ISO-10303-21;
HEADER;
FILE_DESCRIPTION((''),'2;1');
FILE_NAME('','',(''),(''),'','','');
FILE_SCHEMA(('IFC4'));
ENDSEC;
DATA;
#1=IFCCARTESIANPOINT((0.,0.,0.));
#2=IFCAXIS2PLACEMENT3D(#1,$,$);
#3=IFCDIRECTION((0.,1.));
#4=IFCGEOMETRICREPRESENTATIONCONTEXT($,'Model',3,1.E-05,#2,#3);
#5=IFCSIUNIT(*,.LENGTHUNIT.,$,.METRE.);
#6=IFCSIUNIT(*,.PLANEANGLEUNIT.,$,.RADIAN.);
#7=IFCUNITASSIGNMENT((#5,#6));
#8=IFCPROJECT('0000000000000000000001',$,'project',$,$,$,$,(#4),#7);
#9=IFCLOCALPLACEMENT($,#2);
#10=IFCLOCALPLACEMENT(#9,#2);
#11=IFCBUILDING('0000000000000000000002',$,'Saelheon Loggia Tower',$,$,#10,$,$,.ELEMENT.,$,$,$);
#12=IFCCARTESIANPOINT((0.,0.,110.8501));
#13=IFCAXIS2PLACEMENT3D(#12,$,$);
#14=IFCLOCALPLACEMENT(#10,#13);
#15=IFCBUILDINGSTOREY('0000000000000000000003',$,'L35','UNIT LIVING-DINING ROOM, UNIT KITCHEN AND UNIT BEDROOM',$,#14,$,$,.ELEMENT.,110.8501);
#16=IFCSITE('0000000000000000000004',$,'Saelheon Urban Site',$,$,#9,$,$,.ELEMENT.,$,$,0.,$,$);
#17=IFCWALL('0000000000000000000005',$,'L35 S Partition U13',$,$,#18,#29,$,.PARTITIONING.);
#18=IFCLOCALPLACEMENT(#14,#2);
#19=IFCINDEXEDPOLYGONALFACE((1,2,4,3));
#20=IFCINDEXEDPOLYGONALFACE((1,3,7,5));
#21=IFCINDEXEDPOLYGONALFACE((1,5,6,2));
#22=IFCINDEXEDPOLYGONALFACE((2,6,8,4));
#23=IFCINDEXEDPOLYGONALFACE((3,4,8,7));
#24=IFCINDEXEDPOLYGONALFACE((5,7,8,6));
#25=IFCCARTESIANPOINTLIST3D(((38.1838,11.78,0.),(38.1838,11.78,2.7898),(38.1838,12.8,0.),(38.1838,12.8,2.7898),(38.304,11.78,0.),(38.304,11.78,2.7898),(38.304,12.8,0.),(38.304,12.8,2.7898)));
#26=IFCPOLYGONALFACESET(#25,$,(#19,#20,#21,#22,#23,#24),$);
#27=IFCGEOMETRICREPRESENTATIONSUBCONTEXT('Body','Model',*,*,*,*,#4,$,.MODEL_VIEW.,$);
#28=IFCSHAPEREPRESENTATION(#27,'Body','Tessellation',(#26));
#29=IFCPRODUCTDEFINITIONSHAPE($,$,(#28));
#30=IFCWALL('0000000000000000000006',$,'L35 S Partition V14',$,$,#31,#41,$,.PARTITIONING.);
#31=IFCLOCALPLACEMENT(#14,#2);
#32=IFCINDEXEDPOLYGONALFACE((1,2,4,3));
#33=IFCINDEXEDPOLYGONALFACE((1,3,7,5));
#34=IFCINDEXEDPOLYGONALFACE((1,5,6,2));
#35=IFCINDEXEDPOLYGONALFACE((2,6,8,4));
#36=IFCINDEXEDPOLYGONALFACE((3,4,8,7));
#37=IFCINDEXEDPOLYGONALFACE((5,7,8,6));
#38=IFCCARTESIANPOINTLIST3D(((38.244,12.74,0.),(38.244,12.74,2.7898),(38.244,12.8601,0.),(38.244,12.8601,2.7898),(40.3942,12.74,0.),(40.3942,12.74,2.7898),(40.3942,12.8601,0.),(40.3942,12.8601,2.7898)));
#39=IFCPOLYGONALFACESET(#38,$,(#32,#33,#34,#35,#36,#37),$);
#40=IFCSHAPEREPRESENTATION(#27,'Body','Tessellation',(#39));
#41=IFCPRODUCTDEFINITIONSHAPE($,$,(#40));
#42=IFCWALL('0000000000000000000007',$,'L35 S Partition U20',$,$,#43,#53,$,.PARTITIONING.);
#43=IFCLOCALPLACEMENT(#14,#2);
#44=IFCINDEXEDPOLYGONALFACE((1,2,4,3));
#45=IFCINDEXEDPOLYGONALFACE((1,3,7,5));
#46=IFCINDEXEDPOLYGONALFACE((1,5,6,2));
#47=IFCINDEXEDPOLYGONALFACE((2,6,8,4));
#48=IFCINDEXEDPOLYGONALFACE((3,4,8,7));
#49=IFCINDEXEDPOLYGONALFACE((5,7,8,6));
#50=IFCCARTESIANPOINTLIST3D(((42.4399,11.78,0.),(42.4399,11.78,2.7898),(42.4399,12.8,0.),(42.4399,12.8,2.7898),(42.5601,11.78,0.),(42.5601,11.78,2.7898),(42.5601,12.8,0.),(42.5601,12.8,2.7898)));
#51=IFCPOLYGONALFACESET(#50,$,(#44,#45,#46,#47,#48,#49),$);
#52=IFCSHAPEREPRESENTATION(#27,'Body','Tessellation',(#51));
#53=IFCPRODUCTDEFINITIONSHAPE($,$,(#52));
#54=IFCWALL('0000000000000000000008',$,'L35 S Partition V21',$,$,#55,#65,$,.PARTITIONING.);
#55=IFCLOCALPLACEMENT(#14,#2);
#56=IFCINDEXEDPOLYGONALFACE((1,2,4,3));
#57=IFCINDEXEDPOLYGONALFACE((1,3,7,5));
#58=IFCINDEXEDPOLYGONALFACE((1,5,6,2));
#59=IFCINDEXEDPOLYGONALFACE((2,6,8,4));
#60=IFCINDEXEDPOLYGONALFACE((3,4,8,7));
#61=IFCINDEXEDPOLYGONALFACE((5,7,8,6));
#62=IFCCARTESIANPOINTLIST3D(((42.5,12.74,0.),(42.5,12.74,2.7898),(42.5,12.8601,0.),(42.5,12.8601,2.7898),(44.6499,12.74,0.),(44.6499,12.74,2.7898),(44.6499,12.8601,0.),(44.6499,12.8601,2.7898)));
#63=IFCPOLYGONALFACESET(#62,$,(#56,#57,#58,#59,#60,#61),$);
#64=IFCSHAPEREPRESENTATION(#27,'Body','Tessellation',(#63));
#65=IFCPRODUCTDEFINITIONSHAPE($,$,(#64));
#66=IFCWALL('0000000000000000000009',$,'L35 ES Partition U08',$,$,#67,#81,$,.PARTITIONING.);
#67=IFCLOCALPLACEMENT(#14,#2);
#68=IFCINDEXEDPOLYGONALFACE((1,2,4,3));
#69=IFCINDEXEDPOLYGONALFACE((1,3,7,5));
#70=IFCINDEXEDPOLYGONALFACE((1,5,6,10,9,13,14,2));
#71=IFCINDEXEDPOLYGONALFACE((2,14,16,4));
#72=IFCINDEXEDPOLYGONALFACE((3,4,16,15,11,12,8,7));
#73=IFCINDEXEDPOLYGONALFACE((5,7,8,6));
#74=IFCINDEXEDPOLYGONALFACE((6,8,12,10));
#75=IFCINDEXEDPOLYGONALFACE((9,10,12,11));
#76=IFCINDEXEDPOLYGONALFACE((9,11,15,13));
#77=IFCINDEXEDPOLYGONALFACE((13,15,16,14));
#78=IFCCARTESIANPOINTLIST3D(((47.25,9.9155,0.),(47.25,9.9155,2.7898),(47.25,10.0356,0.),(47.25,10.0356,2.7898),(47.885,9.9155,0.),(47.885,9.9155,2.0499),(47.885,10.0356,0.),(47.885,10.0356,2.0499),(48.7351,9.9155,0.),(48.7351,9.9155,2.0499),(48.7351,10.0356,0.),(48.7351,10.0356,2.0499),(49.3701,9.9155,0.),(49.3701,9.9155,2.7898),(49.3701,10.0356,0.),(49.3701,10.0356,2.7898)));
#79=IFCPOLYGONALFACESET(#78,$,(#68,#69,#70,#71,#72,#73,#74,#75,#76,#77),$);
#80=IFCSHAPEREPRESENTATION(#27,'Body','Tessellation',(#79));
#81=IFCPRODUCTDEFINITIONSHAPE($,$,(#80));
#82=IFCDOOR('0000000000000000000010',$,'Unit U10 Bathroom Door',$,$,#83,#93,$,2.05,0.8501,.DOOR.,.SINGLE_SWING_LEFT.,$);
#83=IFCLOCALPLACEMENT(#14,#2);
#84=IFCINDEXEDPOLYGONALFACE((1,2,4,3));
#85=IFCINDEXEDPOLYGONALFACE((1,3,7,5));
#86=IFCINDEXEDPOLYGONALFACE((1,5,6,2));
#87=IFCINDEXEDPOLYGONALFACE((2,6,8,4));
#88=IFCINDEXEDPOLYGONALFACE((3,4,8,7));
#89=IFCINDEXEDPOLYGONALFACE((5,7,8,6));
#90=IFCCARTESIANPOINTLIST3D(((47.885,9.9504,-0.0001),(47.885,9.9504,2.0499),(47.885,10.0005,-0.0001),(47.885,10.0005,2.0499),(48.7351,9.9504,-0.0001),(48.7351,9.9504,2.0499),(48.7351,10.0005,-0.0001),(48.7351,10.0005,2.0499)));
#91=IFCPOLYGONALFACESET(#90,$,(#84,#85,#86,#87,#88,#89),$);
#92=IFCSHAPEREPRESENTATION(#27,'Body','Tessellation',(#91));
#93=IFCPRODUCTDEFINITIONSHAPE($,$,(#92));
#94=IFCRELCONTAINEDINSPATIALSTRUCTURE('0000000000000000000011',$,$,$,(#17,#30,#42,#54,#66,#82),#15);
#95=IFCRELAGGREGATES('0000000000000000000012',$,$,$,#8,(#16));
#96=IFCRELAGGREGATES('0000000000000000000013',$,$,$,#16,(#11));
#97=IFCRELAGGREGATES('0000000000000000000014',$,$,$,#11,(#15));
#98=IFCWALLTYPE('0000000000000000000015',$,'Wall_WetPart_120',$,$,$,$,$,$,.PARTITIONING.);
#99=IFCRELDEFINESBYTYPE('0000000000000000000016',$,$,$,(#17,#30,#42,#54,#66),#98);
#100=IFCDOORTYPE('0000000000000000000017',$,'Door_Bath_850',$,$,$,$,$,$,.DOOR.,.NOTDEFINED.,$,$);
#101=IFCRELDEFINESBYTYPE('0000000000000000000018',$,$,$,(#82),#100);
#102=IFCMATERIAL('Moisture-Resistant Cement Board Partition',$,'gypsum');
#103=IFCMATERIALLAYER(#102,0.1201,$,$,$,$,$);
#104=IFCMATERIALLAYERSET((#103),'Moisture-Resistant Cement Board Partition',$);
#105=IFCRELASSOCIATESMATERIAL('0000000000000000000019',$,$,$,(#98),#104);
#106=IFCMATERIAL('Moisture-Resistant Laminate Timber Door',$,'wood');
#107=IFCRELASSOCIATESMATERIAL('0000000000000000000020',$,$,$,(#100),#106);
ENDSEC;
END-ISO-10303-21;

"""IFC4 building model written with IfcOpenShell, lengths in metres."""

from ifc_helpers import new_model, si_unit, direction, frame, frame_2d, origin, place, context, subcontext, project, spatial, rectangle, extrude, source, transform, mapped, material, layer, layer_set, type_object, element, fill, save


model = new_model("IFC4")

# Units and contexts
model_context = context("Model", 3, precision=1e-05, world=origin(), true_north=direction((0.0, 1.0)))
body_context = subcontext(model_context, "Body", "Model", "MODEL_VIEW")
ifc_project = project(units=[si_unit("LENGTHUNIT", "METRE"), si_unit("PLANEANGLEUNIT", "RADIAN")], contexts=[model_context])

# Site, building, storey
site_placement = place(None, origin())
site = spatial("IfcSite", under=ifc_project, at=site_placement, Name="Saelheon Urban Site", CompositionType="ELEMENT", RefElevation=0.0)
building_placement = place(site_placement, origin())
building = spatial("IfcBuilding", under=site, at=building_placement, Name="Saelheon Loggia Tower", CompositionType="ELEMENT")
storey_placement = place(building_placement, frame((0.0, 0.0, 110.8501)))
storey = spatial("IfcBuildingStorey", under=building, at=storey_placement, Name="L35", Description="UNIT LIVING-DINING ROOM, UNIT KITCHEN AND UNIT BEDROOM", CompositionType="ELEMENT", Elevation=110.8501)

# Walls
ifc_material_1 = material(Name="Moisture-Resistant Cement Board Partition", Category="gypsum")
ifc_layer_1 = layer(ifc_material_1, 0.1201)
ifc_layer_set_1 = layer_set([ifc_layer_1], Name="Moisture-Resistant Cement Board Partition")
wall_type_1 = type_object("IfcWallType", Name="Wall_WetPart_120", PredefinedType="PARTITIONING", material=ifc_layer_set_1)
wall_1_placement = place(storey_placement, frame((38.2439, 12.8, 0.0), z_axis=(0.0, 0.0, 1.0), x_axis=(0.0, -1.0, 0.0)))
element("IfcWall", 1, at=wall_1_placement, inside=storey, type_object=wall_type_1, Name="L35 S Partition U13", PredefinedType="PARTITIONING", context=body_context, shape_type="SweptSolid", body=[
    extrude(rectangle(XDim=1.02, YDim=0.1201, at=frame_2d((0.51, 0.0))), origin(), (0.0, 0.0, 1.0), 2.7898),
])
wall_2_placement = place(storey_placement, frame((38.2439, 12.8, 0.0), z_axis=(0.0, 0.0, 1.0), x_axis=(1.0, 0.0, 0.0)))
element("IfcWall", 2, at=wall_2_placement, inside=storey, type_object=wall_type_1, Name="L35 S Partition V14", PredefinedType="PARTITIONING", context=body_context, shape_type="SweptSolid", body=[
    extrude(rectangle(XDim=2.1501, YDim=0.1201, at=frame_2d((1.0752, 0.0))), origin(), (0.0, 0.0, 1.0), 2.7898),
])
wall_3_placement = place(storey_placement, frame((42.5, 12.8, 0.0), z_axis=(0.0, 0.0, 1.0), x_axis=(0.0, -1.0, 0.0)))
element("IfcWall", 3, at=wall_3_placement, inside=storey, type_object=wall_type_1, Name="L35 S Partition U20", PredefinedType="PARTITIONING", context=body_context, shape_type="SweptSolid", body=[
    extrude(rectangle(XDim=1.02, YDim=0.1201, at=frame_2d((0.51, 0.0))), origin(), (0.0, 0.0, 1.0), 2.7898),
])
wall_4_placement = place(storey_placement, frame((42.5, 12.8, 0.0), z_axis=(0.0, 0.0, 1.0), x_axis=(1.0, 0.0, 0.0)))
element("IfcWall", 4, at=wall_4_placement, inside=storey, type_object=wall_type_1, Name="L35 S Partition V21", PredefinedType="PARTITIONING", context=body_context, shape_type="SweptSolid", body=[
    extrude(rectangle(XDim=2.1499, YDim=0.1201, at=frame_2d((1.075, 0.0))), origin(), (0.0, 0.0, 1.0), 2.7898),
])

# Wall, opening, door
wall_5_placement = place(storey_placement, frame((47.25, 9.9756, 0.0), z_axis=(0.0, 0.0, 1.0), x_axis=(1.0, 0.0, 0.0)))
wall_5 = element("IfcWall", 5, at=wall_5_placement, inside=storey, type_object=wall_type_1, Name="L35 ES Partition U08", PredefinedType="PARTITIONING", context=body_context, shape_type="SweptSolid", body=[
    extrude(rectangle(XDim=2.1201, YDim=0.1201, at=frame_2d((1.0601, 0.0))), origin(), (0.0, 0.0, 1.0), 2.7898),
])
opening_1_placement = place(wall_5_placement, frame((0.635, 0.0, 0.0)))
opening_1 = element("IfcOpeningElement", 6, at=opening_1_placement, cuts=wall_5, PredefinedType="OPENING", context=body_context, shape_type="SweptSolid", body=[
    extrude(rectangle(XDim=0.8501, YDim=2.05, at=frame_2d((0.425, 1.0249))), frame((0.0, 0.072, 0.0), z_axis=(0.0, -1.0, 0.0), x_axis=(1.0, 0.0, 0.0)), (0.0, 0.0, 1.0), 0.144),
])
ifc_material_2 = material(Name="Moisture-Resistant Laminate Timber Door", Category="wood")
door_type_1 = type_object("IfcDoorType", Name="Door_Bath_850", OperationType="NOTDEFINED", PredefinedType="DOOR", material=ifc_material_2)
shared_shape_1 = source(origin(), body_context, "Body", "SweptSolid", [
    extrude(rectangle(XDim=0.8501, YDim=2.05, at=frame_2d((0.425, 1.0249))), frame((0.0, 0.0249, 0.0), z_axis=(0.0, -1.0, 0.0), x_axis=(1.0, 0.0, 0.0)), (0.0, 0.0, 1.0), 0.05),
])
door_1_placement = place(opening_1_placement, origin())
door_1 = element("IfcDoor", 7, at=door_1_placement, inside=storey, type_object=door_type_1, Name="Unit U10 Bathroom Door", OperationType="SINGLE_SWING_LEFT", OverallHeight=2.05, OverallWidth=0.8501, PredefinedType="DOOR", context=body_context, shape_type="MappedRepresentation", body=[
    mapped(shared_shape_1, transform((0.0, 0.0, 0.0), scale=1.0)),
])
fill(opening_1, door_1)

save(model, "model.ifc")
